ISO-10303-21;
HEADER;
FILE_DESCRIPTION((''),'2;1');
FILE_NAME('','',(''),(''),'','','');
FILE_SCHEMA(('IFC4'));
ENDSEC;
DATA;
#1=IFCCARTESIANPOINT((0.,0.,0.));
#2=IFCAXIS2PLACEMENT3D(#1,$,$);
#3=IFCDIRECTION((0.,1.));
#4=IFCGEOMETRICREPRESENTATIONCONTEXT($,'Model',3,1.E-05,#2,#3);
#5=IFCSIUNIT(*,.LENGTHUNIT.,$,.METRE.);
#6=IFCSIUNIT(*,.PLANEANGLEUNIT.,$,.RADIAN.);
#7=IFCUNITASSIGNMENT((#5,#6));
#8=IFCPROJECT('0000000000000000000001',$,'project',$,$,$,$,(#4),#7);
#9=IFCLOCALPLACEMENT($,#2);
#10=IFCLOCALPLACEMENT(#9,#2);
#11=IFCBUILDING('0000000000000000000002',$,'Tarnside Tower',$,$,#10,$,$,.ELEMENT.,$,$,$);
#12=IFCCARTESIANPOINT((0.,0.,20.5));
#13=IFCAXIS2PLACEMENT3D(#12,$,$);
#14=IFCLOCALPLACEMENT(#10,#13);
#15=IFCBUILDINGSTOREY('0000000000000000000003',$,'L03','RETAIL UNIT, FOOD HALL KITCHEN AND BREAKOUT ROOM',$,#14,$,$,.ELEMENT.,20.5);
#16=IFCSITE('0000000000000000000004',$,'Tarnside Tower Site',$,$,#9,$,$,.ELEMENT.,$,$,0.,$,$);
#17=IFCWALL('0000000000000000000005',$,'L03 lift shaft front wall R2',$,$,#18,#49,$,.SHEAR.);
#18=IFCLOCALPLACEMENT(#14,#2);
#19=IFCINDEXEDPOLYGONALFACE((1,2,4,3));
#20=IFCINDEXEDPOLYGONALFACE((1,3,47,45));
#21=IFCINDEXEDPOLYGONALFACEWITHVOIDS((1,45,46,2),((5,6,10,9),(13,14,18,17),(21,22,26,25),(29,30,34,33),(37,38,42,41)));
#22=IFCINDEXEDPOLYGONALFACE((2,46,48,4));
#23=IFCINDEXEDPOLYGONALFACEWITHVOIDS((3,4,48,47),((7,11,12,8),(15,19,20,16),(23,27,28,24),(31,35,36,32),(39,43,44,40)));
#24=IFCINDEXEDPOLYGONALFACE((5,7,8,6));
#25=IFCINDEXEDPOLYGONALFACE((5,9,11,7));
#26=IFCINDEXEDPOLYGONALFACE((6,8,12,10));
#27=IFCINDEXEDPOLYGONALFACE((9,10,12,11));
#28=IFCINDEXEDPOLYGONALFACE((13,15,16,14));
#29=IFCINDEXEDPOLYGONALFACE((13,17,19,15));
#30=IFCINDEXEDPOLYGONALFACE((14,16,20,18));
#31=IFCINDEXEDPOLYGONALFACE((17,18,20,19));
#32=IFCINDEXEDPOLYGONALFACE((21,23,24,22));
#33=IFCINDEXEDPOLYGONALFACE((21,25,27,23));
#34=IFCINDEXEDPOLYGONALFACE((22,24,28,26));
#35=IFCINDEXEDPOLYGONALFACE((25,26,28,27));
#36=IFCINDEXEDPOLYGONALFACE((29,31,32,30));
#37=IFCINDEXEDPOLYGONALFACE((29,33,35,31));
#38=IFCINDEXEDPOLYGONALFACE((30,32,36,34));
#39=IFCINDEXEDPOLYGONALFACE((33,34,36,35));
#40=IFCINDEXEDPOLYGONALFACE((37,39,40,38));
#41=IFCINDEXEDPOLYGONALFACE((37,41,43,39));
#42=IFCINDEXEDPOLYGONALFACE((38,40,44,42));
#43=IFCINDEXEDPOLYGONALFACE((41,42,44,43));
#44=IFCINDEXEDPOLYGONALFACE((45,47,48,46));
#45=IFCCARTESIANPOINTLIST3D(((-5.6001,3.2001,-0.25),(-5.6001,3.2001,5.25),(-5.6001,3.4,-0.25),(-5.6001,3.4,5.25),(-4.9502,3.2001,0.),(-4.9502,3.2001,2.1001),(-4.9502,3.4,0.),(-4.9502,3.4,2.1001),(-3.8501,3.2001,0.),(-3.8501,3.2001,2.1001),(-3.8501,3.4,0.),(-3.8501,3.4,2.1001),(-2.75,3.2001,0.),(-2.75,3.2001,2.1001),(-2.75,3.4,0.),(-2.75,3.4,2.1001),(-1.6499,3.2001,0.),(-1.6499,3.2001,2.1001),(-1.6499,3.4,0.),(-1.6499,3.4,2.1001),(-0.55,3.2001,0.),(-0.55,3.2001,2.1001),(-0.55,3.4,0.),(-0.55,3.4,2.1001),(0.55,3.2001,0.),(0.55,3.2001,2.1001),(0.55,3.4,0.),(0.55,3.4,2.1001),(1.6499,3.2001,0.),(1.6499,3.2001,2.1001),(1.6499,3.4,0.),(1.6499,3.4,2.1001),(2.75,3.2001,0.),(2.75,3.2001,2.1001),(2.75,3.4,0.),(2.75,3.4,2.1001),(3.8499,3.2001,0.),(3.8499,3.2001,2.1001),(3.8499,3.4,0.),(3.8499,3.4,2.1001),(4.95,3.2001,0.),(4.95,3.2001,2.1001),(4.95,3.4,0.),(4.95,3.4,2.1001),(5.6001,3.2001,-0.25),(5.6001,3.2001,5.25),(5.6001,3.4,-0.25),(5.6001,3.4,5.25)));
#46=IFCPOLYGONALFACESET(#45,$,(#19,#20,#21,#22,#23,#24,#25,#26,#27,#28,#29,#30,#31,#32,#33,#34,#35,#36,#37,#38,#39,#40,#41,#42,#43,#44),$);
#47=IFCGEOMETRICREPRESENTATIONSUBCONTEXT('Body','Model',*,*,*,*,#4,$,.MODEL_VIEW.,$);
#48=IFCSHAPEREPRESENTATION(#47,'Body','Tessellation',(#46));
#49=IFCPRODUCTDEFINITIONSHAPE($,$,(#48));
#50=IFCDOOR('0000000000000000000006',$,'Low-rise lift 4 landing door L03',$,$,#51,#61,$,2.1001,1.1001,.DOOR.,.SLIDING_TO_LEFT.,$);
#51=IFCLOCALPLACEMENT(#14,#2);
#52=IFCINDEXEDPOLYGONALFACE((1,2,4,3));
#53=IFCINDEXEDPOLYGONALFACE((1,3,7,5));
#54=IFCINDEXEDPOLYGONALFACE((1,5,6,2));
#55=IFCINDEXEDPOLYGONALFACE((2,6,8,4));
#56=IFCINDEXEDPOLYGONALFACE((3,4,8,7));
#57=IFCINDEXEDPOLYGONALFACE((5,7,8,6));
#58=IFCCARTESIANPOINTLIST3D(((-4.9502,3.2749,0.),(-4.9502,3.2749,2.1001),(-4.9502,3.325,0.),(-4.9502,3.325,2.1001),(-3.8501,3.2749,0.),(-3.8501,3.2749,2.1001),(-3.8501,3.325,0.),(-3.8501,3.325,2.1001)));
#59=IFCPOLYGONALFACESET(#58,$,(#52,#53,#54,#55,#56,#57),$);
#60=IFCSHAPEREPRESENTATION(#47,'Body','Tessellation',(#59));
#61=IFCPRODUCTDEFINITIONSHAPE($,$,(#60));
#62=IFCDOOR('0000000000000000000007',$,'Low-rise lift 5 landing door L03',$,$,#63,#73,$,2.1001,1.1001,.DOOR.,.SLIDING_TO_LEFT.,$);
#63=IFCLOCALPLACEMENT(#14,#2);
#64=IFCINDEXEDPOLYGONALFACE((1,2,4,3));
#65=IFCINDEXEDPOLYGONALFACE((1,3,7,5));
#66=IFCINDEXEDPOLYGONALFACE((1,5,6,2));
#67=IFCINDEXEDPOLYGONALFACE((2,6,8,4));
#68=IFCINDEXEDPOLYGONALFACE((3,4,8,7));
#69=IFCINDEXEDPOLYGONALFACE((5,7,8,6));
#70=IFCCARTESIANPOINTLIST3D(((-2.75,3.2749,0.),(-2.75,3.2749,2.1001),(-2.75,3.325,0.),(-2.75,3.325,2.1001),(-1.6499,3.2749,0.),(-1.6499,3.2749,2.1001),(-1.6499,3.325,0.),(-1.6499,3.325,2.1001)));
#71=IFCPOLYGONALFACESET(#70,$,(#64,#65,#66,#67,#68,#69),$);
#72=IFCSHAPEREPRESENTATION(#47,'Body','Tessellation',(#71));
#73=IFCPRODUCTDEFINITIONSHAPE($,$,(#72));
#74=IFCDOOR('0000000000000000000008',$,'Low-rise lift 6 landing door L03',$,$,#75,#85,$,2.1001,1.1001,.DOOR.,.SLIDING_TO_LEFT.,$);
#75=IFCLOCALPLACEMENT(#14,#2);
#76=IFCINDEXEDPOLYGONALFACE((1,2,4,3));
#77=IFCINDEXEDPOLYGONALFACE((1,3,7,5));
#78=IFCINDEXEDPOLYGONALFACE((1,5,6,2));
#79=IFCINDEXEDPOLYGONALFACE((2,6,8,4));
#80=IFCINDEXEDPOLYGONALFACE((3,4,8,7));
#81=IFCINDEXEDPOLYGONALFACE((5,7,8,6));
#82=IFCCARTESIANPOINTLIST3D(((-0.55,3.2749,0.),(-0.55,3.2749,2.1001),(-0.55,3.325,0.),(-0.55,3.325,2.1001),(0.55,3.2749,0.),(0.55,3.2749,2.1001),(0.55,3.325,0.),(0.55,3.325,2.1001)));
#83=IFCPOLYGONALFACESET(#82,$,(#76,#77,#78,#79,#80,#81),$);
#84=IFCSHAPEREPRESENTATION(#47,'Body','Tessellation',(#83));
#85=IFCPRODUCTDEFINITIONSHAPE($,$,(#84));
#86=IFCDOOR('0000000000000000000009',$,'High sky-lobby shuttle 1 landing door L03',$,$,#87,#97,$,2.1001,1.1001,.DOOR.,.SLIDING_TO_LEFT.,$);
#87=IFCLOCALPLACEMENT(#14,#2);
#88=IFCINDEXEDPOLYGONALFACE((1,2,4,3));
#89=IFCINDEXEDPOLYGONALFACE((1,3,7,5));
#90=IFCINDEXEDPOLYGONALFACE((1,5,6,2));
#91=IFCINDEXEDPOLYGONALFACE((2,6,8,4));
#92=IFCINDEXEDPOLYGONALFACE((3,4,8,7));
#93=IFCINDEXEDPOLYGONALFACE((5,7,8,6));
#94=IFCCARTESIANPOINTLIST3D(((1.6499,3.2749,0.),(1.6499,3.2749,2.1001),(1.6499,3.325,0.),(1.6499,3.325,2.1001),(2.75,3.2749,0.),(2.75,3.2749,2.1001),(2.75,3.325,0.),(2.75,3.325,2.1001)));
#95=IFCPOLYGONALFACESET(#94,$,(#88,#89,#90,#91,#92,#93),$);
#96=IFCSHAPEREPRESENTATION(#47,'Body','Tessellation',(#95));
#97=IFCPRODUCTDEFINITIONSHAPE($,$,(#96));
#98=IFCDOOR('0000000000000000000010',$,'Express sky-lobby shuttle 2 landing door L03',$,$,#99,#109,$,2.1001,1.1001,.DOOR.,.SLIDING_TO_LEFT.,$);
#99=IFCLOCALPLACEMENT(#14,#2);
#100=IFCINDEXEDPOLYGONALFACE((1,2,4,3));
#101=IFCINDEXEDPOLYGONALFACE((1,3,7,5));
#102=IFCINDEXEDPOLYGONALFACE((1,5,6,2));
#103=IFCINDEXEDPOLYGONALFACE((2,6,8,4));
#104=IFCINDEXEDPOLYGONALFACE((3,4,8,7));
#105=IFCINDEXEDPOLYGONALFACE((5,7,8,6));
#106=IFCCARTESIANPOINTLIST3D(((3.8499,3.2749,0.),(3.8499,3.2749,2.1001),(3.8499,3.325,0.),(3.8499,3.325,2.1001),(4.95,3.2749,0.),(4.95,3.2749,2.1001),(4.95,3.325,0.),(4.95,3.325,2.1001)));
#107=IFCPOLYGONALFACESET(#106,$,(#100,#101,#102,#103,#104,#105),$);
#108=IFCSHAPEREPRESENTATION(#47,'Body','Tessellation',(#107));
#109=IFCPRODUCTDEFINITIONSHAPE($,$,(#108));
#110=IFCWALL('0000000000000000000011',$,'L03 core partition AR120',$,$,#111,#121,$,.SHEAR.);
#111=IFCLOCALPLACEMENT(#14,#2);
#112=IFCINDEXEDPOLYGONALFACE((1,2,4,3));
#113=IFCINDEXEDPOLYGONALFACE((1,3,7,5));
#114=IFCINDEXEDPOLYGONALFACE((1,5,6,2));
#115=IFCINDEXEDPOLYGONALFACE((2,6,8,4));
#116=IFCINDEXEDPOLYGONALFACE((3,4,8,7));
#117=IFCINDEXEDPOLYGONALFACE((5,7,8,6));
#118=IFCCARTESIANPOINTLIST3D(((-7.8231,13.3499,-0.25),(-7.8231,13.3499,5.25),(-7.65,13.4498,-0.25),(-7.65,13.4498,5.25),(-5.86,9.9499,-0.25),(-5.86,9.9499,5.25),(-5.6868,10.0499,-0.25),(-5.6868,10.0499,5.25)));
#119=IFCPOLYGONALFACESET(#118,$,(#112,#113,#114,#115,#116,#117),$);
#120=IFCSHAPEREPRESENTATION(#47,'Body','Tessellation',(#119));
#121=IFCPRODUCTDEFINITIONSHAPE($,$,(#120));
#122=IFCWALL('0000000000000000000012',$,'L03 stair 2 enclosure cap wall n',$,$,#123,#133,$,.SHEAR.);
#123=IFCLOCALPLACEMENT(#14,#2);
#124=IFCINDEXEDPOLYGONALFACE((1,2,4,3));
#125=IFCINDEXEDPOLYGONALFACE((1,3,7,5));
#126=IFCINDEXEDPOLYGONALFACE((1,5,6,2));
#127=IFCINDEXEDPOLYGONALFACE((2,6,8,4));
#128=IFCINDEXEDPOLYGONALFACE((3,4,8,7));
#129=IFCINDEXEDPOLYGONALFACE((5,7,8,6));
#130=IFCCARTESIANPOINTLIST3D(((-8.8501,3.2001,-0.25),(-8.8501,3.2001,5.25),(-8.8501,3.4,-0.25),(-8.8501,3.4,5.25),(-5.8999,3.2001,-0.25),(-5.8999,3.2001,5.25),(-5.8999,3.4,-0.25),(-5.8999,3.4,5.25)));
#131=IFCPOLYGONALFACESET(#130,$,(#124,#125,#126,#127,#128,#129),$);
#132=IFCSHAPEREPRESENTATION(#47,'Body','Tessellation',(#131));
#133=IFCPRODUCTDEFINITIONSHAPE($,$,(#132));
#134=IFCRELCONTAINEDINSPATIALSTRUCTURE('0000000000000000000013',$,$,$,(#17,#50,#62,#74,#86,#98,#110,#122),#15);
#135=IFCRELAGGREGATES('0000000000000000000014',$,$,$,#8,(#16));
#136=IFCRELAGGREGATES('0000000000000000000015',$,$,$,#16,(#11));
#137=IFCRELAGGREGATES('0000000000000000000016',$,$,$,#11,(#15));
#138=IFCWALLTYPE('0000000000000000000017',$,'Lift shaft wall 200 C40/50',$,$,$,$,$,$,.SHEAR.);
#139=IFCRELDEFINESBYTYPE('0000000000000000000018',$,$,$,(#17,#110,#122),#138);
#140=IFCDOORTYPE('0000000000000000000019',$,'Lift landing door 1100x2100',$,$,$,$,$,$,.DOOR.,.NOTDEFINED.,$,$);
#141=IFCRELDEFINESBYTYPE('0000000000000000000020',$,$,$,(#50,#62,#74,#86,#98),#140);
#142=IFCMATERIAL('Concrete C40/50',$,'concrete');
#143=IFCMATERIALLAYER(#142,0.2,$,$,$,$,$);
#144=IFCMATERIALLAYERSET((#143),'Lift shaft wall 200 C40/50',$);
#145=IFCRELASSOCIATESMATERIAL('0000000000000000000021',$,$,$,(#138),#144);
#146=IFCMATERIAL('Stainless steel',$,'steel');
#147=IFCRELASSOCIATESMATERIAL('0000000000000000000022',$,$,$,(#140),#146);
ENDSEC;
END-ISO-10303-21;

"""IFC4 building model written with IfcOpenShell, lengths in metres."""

from ifc_helpers import new_model, si_unit, direction, frame, frame_2d, origin, place, context, subcontext, project, spatial, rectangle, extrude, material, layer, layer_set, type_object, element, fill, save


model = new_model("IFC4")

# Units and contexts
model_context = context("Model", 3, precision=1e-05, world=origin(), true_north=direction((0.0, 1.0)))
body_context = subcontext(model_context, "Body", "Model", "MODEL_VIEW")
ifc_project = project(units=[si_unit("LENGTHUNIT", "METRE"), si_unit("PLANEANGLEUNIT", "RADIAN")], contexts=[model_context])

# Site, building, storey
site_placement = place(None, origin())
site = spatial("IfcSite", under=ifc_project, at=site_placement, Name="Tarnside Tower Site", CompositionType="ELEMENT", RefElevation=0.0)
building_placement = place(site_placement, origin())
building = spatial("IfcBuilding", under=site, at=building_placement, Name="Tarnside Tower", CompositionType="ELEMENT")
storey_placement = place(building_placement, frame((0.0, 0.0, 20.5)))
storey = spatial("IfcBuildingStorey", under=building, at=storey_placement, Name="L03", Description="RETAIL UNIT, FOOD HALL KITCHEN AND BREAKOUT ROOM", CompositionType="ELEMENT", Elevation=20.5)

# Shared definitions
ifc_material_1 = material(Name="Concrete C40/50", Category="concrete")
ifc_layer_1 = layer(ifc_material_1, 0.2)
ifc_layer_set_1 = layer_set([ifc_layer_1], Name="Lift shaft wall 200 C40/50")
wall_type_1 = type_object("IfcWallType", Name="Lift shaft wall 200 C40/50", PredefinedType="SHEAR", material=ifc_layer_set_1)
ifc_material_2 = material(Name="Stainless steel", Category="steel")
door_type_1 = type_object("IfcDoorType", Name="Lift landing door 1100x2100", OperationType="NOTDEFINED", PredefinedType="DOOR", material=ifc_material_2)

# Wall, openings, doors
wall_1_placement = place(storey_placement, frame((-5.6001, 3.3, -0.25), z_axis=(0.0, 0.0, 1.0), x_axis=(1.0, 0.0, 0.0)))
wall_1 = element("IfcWall", 1, at=wall_1_placement, inside=storey, type_object=wall_type_1, Name="L03 lift shaft front wall R2", PredefinedType="SHEAR", context=body_context, shape_type="SweptSolid", body=[
    extrude(rectangle(XDim=11.2002, YDim=0.2, at=frame_2d((5.6001, 0.0))), origin(), (0.0, 0.0, 1.0), 5.5),
])
opening_1_placement = place(wall_1_placement, frame((0.6499, 0.0, 0.25)))
opening_1 = element("IfcOpeningElement", 2, at=opening_1_placement, cuts=wall_1, PredefinedType="OPENING", context=body_context, shape_type="SweptSolid", body=[
    extrude(rectangle(XDim=1.1001, YDim=2.1001, at=frame_2d((0.55, 1.05))), frame((0.0, 0.1099, 0.0), z_axis=(0.0, -1.0, 0.0), x_axis=(1.0, 0.0, 0.0)), (0.0, 0.0, 1.0), 0.22),
])
opening_2_placement = place(wall_1_placement, frame((2.8501, 0.0, 0.25)))
opening_2 = element("IfcOpeningElement", 3, at=opening_2_placement, cuts=wall_1, PredefinedType="OPENING", context=body_context, shape_type="SweptSolid", body=[
    extrude(rectangle(XDim=1.1001, YDim=2.1001, at=frame_2d((0.55, 1.05))), frame((0.0, 0.1099, 0.0), z_axis=(0.0, -1.0, 0.0), x_axis=(1.0, 0.0, 0.0)), (0.0, 0.0, 1.0), 0.22),
])
opening_3_placement = place(wall_1_placement, frame((5.05, 0.0, 0.25)))
opening_3 = element("IfcOpeningElement", 4, at=opening_3_placement, cuts=wall_1, PredefinedType="OPENING", context=body_context, shape_type="SweptSolid", body=[
    extrude(rectangle(XDim=1.1001, YDim=2.1001, at=frame_2d((0.55, 1.05))), frame((0.0, 0.1099, 0.0), z_axis=(0.0, -1.0, 0.0), x_axis=(1.0, 0.0, 0.0)), (0.0, 0.0, 1.0), 0.22),
])
opening_4_placement = place(wall_1_placement, frame((7.25, 0.0, 0.25)))
opening_4 = element("IfcOpeningElement", 5, at=opening_4_placement, cuts=wall_1, PredefinedType="OPENING", context=body_context, shape_type="SweptSolid", body=[
    extrude(rectangle(XDim=1.1001, YDim=2.1001, at=frame_2d((0.55, 1.05))), frame((0.0, 0.1099, 0.0), z_axis=(0.0, -1.0, 0.0), x_axis=(1.0, 0.0, 0.0)), (0.0, 0.0, 1.0), 0.22),
])
opening_5_placement = place(wall_1_placement, frame((9.45, 0.0, 0.25)))
opening_5 = element("IfcOpeningElement", 6, at=opening_5_placement, cuts=wall_1, PredefinedType="OPENING", context=body_context, shape_type="SweptSolid", body=[
    extrude(rectangle(XDim=1.1001, YDim=2.1001, at=frame_2d((0.55, 1.05))), frame((0.0, 0.1099, 0.0), z_axis=(0.0, -1.0, 0.0), x_axis=(1.0, 0.0, 0.0)), (0.0, 0.0, 1.0), 0.22),
])
door_1_placement = place(opening_1_placement, origin())
door_1 = element("IfcDoor", 7, at=door_1_placement, inside=storey, type_object=door_type_1, Name="Low-rise lift 4 landing door L03", OperationType="SLIDING_TO_LEFT", OverallHeight=2.1001, OverallWidth=1.1001, PredefinedType="DOOR", context=body_context, shape_type="SweptSolid", body=[
    extrude(rectangle(XDim=1.1001, YDim=2.1001, at=frame_2d((0.55, 1.05))), frame((0.0, 0.0249, 0.0), z_axis=(0.0, -1.0, 0.0), x_axis=(1.0, 0.0, 0.0)), (0.0, 0.0, 1.0), 0.05),
])
fill(opening_1, door_1)
door_2_placement = place(opening_2_placement, origin())
door_2 = element("IfcDoor", 8, at=door_2_placement, inside=storey, type_object=door_type_1, Name="Low-rise lift 5 landing door L03", OperationType="SLIDING_TO_LEFT", OverallHeight=2.1001, OverallWidth=1.1001, PredefinedType="DOOR", context=body_context, shape_type="SweptSolid", body=[
    extrude(rectangle(XDim=1.1001, YDim=2.1001, at=frame_2d((0.55, 1.05))), frame((0.0, 0.0249, 0.0), z_axis=(0.0, -1.0, 0.0), x_axis=(1.0, 0.0, 0.0)), (0.0, 0.0, 1.0), 0.05),
])
fill(opening_2, door_2)
door_3_placement = place(opening_3_placement, origin())
door_3 = element("IfcDoor", 9, at=door_3_placement, inside=storey, type_object=door_type_1, Name="Low-rise lift 6 landing door L03", OperationType="SLIDING_TO_LEFT", OverallHeight=2.1001, OverallWidth=1.1001, PredefinedType="DOOR", context=body_context, shape_type="SweptSolid", body=[
    extrude(rectangle(XDim=1.1001, YDim=2.1001, at=frame_2d((0.55, 1.05))), frame((0.0, 0.0249, 0.0), z_axis=(0.0, -1.0, 0.0), x_axis=(1.0, 0.0, 0.0)), (0.0, 0.0, 1.0), 0.05),
])
fill(opening_3, door_3)
door_4_placement = place(opening_4_placement, origin())
door_4 = element("IfcDoor", 10, at=door_4_placement, inside=storey, type_object=door_type_1, Name="High sky-lobby shuttle 1 landing door L03", OperationType="SLIDING_TO_LEFT", OverallHeight=2.1001, OverallWidth=1.1001, PredefinedType="DOOR", context=body_context, shape_type="SweptSolid", body=[
    extrude(rectangle(XDim=1.1001, YDim=2.1001, at=frame_2d((0.55, 1.05))), frame((0.0, 0.0249, 0.0), z_axis=(0.0, -1.0, 0.0), x_axis=(1.0, 0.0, 0.0)), (0.0, 0.0, 1.0), 0.05),
])
fill(opening_4, door_4)
door_5_placement = place(opening_5_placement, origin())
door_5 = element("IfcDoor", 11, at=door_5_placement, inside=storey, type_object=door_type_1, Name="Express sky-lobby shuttle 2 landing door L03", OperationType="SLIDING_TO_LEFT", OverallHeight=2.1001, OverallWidth=1.1001, PredefinedType="DOOR", context=body_context, shape_type="SweptSolid", body=[
    extrude(rectangle(XDim=1.1001, YDim=2.1001, at=frame_2d((0.55, 1.05))), frame((0.0, 0.0249, 0.0), z_axis=(0.0, -1.0, 0.0), x_axis=(1.0, 0.0, 0.0)), (0.0, 0.0, 1.0), 0.05),
])
fill(opening_5, door_5)

# Walls
wall_2_placement = place(storey_placement, frame((-5.7734, 10.0, -0.25), z_axis=(0.0, 0.0, 1.0), x_axis=(-0.500038, 0.866003, 0.0)))
element("IfcWall", 12, at=wall_2_placement, inside=storey, type_object=wall_type_1, Name="L03 core partition AR120", PredefinedType="SHEAR", context=body_context, shape_type="SweptSolid", body=[
    extrude(rectangle(XDim=3.926, YDim=0.2, at=frame_2d((1.9629, 0.0))), origin(), (0.0, 0.0, 1.0), 5.5),
])
wall_3_placement = place(storey_placement, frame((-8.8501, 3.3, -0.25), z_axis=(0.0, 0.0, 1.0), x_axis=(1.0, 0.0, 0.0)))
element("IfcWall", 13, at=wall_3_placement, inside=storey, type_object=wall_type_1, Name="L03 stair 2 enclosure cap wall n", PredefinedType="SHEAR", context=body_context, shape_type="SweptSolid", body=[
    extrude(rectangle(XDim=2.9502, YDim=0.2, at=frame_2d((1.4751, 0.0))), origin(), (0.0, 0.0, 1.0), 5.5),
])

save(model, "model.ifc")
